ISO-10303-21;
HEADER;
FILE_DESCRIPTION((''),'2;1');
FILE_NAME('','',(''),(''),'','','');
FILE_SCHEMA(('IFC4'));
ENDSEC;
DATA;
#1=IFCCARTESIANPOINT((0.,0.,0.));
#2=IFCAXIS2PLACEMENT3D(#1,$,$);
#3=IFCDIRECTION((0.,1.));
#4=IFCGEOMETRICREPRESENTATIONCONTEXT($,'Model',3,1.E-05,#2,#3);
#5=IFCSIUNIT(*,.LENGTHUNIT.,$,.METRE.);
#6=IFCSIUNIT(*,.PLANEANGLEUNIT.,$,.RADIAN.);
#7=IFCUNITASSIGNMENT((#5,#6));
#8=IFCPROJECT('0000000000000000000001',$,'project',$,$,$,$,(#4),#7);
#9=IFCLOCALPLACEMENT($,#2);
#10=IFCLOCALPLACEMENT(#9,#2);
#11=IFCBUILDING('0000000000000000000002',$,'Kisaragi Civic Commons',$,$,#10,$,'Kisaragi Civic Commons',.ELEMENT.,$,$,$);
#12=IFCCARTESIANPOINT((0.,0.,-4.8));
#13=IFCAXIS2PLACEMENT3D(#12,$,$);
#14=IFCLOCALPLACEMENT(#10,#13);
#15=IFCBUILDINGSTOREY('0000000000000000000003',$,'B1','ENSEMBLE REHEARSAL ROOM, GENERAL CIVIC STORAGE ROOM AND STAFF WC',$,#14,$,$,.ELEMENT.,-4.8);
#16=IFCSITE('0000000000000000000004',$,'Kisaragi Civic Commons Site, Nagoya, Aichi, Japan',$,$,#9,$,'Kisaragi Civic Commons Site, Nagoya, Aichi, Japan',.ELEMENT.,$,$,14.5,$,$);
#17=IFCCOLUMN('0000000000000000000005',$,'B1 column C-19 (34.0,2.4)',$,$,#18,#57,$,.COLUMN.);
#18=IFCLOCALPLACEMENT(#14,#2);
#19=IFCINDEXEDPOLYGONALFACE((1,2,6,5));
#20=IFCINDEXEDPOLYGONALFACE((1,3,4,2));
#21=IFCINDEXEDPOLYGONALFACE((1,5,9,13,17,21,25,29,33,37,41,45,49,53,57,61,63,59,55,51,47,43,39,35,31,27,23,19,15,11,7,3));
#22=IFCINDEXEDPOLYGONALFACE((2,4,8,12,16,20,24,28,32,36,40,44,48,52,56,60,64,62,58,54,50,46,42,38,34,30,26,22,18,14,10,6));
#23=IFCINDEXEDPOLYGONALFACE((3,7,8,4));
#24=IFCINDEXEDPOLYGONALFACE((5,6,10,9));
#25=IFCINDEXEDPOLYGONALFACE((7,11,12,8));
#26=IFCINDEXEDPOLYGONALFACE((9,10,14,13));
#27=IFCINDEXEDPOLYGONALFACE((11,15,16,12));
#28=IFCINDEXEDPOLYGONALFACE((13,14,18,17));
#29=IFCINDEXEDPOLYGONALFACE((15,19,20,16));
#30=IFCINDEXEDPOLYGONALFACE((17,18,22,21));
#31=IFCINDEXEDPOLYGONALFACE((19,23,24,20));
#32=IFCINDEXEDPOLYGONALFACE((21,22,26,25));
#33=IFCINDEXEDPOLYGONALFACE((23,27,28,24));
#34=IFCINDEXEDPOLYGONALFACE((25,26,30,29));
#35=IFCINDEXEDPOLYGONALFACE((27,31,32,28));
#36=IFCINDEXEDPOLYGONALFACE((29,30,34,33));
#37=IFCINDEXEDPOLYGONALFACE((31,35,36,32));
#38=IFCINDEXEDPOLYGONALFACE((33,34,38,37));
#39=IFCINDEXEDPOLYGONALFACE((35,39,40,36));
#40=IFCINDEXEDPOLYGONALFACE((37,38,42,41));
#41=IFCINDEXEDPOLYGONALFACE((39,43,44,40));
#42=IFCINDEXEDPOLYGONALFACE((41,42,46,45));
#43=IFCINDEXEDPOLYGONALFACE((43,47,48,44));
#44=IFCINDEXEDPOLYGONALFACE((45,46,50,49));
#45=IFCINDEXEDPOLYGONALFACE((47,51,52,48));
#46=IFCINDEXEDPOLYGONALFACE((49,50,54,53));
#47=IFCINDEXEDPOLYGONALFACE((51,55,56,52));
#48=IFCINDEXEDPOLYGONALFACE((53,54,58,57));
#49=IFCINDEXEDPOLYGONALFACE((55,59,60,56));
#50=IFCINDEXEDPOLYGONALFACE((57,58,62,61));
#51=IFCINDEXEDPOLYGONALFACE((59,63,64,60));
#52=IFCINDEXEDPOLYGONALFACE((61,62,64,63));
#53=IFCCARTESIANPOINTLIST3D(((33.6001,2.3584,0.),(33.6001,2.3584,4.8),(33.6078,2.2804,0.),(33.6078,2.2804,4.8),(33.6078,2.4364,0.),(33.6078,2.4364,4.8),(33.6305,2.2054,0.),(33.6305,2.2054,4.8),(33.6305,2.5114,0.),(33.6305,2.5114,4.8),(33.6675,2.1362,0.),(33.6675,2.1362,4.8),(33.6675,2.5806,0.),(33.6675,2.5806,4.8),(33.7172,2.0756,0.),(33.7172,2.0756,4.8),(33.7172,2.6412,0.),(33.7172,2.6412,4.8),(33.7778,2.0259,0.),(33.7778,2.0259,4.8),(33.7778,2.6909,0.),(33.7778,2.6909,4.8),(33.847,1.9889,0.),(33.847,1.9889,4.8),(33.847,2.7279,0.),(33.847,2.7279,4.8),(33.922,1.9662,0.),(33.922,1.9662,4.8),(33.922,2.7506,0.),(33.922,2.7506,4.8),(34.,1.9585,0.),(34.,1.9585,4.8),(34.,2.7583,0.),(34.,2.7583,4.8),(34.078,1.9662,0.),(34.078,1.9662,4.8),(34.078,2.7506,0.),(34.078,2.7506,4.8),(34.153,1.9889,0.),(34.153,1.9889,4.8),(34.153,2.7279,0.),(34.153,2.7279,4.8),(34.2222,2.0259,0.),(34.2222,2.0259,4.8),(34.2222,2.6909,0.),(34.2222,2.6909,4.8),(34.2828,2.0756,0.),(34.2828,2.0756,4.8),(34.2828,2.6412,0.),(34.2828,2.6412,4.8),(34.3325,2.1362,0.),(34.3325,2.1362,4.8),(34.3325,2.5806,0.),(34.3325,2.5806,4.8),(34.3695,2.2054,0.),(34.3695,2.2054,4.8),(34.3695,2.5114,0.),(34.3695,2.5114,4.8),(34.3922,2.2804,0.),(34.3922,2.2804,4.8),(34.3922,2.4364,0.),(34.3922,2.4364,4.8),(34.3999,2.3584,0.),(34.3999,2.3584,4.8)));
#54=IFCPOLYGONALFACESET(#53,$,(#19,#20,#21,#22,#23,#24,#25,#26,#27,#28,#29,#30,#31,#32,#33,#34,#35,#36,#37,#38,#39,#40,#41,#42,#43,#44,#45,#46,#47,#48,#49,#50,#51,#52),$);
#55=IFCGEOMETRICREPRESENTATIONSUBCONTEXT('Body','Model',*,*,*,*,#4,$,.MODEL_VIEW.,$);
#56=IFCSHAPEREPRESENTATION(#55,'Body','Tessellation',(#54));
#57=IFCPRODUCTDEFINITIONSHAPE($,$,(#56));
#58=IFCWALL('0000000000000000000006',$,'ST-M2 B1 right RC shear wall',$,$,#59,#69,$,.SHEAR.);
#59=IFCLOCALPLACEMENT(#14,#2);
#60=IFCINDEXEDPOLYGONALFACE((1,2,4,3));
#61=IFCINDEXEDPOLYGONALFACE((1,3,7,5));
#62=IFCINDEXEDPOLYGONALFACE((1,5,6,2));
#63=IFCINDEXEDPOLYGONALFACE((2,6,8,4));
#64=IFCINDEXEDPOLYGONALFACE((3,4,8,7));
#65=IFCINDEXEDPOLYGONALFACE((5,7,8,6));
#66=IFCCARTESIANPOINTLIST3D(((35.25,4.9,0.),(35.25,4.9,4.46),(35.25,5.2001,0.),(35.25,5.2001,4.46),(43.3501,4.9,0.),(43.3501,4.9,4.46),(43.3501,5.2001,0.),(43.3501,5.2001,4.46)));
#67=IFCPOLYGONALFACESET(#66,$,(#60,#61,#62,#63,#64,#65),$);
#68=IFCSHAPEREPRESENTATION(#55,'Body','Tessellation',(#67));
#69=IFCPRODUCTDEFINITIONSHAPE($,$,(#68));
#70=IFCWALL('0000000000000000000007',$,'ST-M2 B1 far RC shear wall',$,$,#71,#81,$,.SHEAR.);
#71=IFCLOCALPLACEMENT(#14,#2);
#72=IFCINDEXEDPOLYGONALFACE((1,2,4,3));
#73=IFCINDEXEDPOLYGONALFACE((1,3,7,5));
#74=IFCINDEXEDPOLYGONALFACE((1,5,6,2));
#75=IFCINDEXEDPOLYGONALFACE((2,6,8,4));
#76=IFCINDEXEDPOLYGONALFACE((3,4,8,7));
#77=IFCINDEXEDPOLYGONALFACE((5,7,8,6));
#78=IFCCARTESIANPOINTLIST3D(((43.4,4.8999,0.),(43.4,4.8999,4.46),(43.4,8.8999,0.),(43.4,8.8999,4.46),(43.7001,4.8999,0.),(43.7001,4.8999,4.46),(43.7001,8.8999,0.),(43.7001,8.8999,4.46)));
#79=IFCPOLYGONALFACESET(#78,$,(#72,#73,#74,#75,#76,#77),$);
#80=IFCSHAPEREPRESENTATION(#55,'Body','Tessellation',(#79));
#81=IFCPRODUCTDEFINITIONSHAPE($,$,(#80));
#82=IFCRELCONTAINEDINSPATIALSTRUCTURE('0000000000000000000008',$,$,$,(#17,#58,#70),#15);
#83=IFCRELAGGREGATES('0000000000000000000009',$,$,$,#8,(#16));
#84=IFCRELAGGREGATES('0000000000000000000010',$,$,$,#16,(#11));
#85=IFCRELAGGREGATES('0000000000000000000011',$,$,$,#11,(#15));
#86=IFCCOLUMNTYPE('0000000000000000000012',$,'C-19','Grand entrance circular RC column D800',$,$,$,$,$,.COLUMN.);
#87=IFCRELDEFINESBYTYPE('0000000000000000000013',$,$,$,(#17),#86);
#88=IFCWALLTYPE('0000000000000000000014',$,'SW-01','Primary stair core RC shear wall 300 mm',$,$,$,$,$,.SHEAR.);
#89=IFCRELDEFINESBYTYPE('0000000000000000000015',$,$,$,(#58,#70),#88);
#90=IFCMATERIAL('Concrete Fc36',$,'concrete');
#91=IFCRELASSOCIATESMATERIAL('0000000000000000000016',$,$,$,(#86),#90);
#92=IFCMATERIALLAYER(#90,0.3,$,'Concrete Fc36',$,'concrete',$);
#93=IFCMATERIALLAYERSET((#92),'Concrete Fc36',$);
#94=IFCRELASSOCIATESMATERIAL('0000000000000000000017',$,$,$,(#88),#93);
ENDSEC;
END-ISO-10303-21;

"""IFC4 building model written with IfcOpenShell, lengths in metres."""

from ifc_helpers import new_model, si_unit, direction, frame, frame_2d, origin, origin_2d, place, context, subcontext, project, spatial, rectangle, circle, extrude, material, layer, layer_set, material_profile, profile_set, type_object, element, save


model = new_model("IFC4")

# Units and contexts
model_context = context("Model", 3, precision=1e-05, world=origin(), true_north=direction((0.0, 1.0)))
body_context = subcontext(model_context, "Body", "Model", "MODEL_VIEW")
ifc_project = project(units=[si_unit("LENGTHUNIT", "METRE"), si_unit("PLANEANGLEUNIT", "RADIAN")], contexts=[model_context])

# Site, building, storey
site_placement = place(None, origin())
site = spatial("IfcSite", under=ifc_project, at=site_placement, Name="Kisaragi Civic Commons Site, Nagoya, Aichi, Japan", LongName="Kisaragi Civic Commons Site, Nagoya, Aichi, Japan", CompositionType="ELEMENT", RefElevation=14.5)
building_placement = place(site_placement, origin())
building = spatial("IfcBuilding", under=site, at=building_placement, Name="Kisaragi Civic Commons", LongName="Kisaragi Civic Commons", CompositionType="ELEMENT")
storey_placement = place(building_placement, frame((0.0, 0.0, -4.8)))
storey = spatial("IfcBuildingStorey", under=building, at=storey_placement, Name="B1", Description="ENSEMBLE REHEARSAL ROOM, GENERAL CIVIC STORAGE ROOM AND STAFF WC", CompositionType="ELEMENT", Elevation=-4.8)

# Shared definitions
ifc_material_1 = material(Name="Concrete Fc36", Category="concrete")

# Column
ifc_material_profile_1 = material_profile(ifc_material_1, circle(Radius=0.3999, at=origin_2d()), Name="RC-D800", Category="concrete")
ifc_profile_set_1 = profile_set([ifc_material_profile_1], Name="Concrete Fc36")
column_type_1 = type_object("IfcColumnType", Name="C-19", Description="Grand entrance circular RC column D800", PredefinedType="COLUMN", material=ifc_profile_set_1)
column_1_placement = place(storey_placement, frame((34.0, 2.3584, 0.0), z_axis=(0.0, 0.0, 1.0), x_axis=(1.0, 0.0, 0.0)))
element("IfcColumn", 1, at=column_1_placement, inside=storey, type_object=column_type_1, Name="B1 column C-19 (34.0,2.4)", PredefinedType="COLUMN", context=body_context, shape_type="SweptSolid", body=[
    extrude(circle(Radius=0.3999, at=origin_2d()), origin(), (0.0, 0.0, 1.0), 4.8),
])

# Walls
ifc_layer = layer(ifc_material_1, 0.3, Name="Concrete Fc36", Category="concrete")
ifc_layer_set = layer_set([ifc_layer], Name="Concrete Fc36")
wall_type = type_object("IfcWallType", Name="SW-01", Description="Primary stair core RC shear wall 300 mm", PredefinedType="SHEAR", material=ifc_layer_set)
wall_1_placement = place(storey_placement, frame((35.25, 5.05, 0.0), z_axis=(0.0, 0.0, 1.0), x_axis=(1.0, 0.0, 0.0)))
element("IfcWall", 2, at=wall_1_placement, inside=storey, type_object=wall_type, Name="ST-M2 B1 right RC shear wall", PredefinedType="SHEAR", context=body_context, shape_type="SweptSolid", body=[
    extrude(rectangle(XDim=8.1001, YDim=0.3, at=frame_2d((4.05, 0.0))), origin(), (0.0, 0.0, 1.0), 4.46),
])
wall_2_placement = place(storey_placement, frame((43.55, 4.8999, 0.0), z_axis=(0.0, 0.0, 1.0), x_axis=(0.0, 1.0, 0.0)))
element("IfcWall", 3, at=wall_2_placement, inside=storey, type_object=wall_type, Name="ST-M2 B1 far RC shear wall", PredefinedType="SHEAR", context=body_context, shape_type="SweptSolid", body=[
    extrude(rectangle(XDim=4.0, YDim=0.3, at=frame_2d((2.0, 0.0))), origin(), (0.0, 0.0, 1.0), 4.46),
])

save(model, "model.ifc")
